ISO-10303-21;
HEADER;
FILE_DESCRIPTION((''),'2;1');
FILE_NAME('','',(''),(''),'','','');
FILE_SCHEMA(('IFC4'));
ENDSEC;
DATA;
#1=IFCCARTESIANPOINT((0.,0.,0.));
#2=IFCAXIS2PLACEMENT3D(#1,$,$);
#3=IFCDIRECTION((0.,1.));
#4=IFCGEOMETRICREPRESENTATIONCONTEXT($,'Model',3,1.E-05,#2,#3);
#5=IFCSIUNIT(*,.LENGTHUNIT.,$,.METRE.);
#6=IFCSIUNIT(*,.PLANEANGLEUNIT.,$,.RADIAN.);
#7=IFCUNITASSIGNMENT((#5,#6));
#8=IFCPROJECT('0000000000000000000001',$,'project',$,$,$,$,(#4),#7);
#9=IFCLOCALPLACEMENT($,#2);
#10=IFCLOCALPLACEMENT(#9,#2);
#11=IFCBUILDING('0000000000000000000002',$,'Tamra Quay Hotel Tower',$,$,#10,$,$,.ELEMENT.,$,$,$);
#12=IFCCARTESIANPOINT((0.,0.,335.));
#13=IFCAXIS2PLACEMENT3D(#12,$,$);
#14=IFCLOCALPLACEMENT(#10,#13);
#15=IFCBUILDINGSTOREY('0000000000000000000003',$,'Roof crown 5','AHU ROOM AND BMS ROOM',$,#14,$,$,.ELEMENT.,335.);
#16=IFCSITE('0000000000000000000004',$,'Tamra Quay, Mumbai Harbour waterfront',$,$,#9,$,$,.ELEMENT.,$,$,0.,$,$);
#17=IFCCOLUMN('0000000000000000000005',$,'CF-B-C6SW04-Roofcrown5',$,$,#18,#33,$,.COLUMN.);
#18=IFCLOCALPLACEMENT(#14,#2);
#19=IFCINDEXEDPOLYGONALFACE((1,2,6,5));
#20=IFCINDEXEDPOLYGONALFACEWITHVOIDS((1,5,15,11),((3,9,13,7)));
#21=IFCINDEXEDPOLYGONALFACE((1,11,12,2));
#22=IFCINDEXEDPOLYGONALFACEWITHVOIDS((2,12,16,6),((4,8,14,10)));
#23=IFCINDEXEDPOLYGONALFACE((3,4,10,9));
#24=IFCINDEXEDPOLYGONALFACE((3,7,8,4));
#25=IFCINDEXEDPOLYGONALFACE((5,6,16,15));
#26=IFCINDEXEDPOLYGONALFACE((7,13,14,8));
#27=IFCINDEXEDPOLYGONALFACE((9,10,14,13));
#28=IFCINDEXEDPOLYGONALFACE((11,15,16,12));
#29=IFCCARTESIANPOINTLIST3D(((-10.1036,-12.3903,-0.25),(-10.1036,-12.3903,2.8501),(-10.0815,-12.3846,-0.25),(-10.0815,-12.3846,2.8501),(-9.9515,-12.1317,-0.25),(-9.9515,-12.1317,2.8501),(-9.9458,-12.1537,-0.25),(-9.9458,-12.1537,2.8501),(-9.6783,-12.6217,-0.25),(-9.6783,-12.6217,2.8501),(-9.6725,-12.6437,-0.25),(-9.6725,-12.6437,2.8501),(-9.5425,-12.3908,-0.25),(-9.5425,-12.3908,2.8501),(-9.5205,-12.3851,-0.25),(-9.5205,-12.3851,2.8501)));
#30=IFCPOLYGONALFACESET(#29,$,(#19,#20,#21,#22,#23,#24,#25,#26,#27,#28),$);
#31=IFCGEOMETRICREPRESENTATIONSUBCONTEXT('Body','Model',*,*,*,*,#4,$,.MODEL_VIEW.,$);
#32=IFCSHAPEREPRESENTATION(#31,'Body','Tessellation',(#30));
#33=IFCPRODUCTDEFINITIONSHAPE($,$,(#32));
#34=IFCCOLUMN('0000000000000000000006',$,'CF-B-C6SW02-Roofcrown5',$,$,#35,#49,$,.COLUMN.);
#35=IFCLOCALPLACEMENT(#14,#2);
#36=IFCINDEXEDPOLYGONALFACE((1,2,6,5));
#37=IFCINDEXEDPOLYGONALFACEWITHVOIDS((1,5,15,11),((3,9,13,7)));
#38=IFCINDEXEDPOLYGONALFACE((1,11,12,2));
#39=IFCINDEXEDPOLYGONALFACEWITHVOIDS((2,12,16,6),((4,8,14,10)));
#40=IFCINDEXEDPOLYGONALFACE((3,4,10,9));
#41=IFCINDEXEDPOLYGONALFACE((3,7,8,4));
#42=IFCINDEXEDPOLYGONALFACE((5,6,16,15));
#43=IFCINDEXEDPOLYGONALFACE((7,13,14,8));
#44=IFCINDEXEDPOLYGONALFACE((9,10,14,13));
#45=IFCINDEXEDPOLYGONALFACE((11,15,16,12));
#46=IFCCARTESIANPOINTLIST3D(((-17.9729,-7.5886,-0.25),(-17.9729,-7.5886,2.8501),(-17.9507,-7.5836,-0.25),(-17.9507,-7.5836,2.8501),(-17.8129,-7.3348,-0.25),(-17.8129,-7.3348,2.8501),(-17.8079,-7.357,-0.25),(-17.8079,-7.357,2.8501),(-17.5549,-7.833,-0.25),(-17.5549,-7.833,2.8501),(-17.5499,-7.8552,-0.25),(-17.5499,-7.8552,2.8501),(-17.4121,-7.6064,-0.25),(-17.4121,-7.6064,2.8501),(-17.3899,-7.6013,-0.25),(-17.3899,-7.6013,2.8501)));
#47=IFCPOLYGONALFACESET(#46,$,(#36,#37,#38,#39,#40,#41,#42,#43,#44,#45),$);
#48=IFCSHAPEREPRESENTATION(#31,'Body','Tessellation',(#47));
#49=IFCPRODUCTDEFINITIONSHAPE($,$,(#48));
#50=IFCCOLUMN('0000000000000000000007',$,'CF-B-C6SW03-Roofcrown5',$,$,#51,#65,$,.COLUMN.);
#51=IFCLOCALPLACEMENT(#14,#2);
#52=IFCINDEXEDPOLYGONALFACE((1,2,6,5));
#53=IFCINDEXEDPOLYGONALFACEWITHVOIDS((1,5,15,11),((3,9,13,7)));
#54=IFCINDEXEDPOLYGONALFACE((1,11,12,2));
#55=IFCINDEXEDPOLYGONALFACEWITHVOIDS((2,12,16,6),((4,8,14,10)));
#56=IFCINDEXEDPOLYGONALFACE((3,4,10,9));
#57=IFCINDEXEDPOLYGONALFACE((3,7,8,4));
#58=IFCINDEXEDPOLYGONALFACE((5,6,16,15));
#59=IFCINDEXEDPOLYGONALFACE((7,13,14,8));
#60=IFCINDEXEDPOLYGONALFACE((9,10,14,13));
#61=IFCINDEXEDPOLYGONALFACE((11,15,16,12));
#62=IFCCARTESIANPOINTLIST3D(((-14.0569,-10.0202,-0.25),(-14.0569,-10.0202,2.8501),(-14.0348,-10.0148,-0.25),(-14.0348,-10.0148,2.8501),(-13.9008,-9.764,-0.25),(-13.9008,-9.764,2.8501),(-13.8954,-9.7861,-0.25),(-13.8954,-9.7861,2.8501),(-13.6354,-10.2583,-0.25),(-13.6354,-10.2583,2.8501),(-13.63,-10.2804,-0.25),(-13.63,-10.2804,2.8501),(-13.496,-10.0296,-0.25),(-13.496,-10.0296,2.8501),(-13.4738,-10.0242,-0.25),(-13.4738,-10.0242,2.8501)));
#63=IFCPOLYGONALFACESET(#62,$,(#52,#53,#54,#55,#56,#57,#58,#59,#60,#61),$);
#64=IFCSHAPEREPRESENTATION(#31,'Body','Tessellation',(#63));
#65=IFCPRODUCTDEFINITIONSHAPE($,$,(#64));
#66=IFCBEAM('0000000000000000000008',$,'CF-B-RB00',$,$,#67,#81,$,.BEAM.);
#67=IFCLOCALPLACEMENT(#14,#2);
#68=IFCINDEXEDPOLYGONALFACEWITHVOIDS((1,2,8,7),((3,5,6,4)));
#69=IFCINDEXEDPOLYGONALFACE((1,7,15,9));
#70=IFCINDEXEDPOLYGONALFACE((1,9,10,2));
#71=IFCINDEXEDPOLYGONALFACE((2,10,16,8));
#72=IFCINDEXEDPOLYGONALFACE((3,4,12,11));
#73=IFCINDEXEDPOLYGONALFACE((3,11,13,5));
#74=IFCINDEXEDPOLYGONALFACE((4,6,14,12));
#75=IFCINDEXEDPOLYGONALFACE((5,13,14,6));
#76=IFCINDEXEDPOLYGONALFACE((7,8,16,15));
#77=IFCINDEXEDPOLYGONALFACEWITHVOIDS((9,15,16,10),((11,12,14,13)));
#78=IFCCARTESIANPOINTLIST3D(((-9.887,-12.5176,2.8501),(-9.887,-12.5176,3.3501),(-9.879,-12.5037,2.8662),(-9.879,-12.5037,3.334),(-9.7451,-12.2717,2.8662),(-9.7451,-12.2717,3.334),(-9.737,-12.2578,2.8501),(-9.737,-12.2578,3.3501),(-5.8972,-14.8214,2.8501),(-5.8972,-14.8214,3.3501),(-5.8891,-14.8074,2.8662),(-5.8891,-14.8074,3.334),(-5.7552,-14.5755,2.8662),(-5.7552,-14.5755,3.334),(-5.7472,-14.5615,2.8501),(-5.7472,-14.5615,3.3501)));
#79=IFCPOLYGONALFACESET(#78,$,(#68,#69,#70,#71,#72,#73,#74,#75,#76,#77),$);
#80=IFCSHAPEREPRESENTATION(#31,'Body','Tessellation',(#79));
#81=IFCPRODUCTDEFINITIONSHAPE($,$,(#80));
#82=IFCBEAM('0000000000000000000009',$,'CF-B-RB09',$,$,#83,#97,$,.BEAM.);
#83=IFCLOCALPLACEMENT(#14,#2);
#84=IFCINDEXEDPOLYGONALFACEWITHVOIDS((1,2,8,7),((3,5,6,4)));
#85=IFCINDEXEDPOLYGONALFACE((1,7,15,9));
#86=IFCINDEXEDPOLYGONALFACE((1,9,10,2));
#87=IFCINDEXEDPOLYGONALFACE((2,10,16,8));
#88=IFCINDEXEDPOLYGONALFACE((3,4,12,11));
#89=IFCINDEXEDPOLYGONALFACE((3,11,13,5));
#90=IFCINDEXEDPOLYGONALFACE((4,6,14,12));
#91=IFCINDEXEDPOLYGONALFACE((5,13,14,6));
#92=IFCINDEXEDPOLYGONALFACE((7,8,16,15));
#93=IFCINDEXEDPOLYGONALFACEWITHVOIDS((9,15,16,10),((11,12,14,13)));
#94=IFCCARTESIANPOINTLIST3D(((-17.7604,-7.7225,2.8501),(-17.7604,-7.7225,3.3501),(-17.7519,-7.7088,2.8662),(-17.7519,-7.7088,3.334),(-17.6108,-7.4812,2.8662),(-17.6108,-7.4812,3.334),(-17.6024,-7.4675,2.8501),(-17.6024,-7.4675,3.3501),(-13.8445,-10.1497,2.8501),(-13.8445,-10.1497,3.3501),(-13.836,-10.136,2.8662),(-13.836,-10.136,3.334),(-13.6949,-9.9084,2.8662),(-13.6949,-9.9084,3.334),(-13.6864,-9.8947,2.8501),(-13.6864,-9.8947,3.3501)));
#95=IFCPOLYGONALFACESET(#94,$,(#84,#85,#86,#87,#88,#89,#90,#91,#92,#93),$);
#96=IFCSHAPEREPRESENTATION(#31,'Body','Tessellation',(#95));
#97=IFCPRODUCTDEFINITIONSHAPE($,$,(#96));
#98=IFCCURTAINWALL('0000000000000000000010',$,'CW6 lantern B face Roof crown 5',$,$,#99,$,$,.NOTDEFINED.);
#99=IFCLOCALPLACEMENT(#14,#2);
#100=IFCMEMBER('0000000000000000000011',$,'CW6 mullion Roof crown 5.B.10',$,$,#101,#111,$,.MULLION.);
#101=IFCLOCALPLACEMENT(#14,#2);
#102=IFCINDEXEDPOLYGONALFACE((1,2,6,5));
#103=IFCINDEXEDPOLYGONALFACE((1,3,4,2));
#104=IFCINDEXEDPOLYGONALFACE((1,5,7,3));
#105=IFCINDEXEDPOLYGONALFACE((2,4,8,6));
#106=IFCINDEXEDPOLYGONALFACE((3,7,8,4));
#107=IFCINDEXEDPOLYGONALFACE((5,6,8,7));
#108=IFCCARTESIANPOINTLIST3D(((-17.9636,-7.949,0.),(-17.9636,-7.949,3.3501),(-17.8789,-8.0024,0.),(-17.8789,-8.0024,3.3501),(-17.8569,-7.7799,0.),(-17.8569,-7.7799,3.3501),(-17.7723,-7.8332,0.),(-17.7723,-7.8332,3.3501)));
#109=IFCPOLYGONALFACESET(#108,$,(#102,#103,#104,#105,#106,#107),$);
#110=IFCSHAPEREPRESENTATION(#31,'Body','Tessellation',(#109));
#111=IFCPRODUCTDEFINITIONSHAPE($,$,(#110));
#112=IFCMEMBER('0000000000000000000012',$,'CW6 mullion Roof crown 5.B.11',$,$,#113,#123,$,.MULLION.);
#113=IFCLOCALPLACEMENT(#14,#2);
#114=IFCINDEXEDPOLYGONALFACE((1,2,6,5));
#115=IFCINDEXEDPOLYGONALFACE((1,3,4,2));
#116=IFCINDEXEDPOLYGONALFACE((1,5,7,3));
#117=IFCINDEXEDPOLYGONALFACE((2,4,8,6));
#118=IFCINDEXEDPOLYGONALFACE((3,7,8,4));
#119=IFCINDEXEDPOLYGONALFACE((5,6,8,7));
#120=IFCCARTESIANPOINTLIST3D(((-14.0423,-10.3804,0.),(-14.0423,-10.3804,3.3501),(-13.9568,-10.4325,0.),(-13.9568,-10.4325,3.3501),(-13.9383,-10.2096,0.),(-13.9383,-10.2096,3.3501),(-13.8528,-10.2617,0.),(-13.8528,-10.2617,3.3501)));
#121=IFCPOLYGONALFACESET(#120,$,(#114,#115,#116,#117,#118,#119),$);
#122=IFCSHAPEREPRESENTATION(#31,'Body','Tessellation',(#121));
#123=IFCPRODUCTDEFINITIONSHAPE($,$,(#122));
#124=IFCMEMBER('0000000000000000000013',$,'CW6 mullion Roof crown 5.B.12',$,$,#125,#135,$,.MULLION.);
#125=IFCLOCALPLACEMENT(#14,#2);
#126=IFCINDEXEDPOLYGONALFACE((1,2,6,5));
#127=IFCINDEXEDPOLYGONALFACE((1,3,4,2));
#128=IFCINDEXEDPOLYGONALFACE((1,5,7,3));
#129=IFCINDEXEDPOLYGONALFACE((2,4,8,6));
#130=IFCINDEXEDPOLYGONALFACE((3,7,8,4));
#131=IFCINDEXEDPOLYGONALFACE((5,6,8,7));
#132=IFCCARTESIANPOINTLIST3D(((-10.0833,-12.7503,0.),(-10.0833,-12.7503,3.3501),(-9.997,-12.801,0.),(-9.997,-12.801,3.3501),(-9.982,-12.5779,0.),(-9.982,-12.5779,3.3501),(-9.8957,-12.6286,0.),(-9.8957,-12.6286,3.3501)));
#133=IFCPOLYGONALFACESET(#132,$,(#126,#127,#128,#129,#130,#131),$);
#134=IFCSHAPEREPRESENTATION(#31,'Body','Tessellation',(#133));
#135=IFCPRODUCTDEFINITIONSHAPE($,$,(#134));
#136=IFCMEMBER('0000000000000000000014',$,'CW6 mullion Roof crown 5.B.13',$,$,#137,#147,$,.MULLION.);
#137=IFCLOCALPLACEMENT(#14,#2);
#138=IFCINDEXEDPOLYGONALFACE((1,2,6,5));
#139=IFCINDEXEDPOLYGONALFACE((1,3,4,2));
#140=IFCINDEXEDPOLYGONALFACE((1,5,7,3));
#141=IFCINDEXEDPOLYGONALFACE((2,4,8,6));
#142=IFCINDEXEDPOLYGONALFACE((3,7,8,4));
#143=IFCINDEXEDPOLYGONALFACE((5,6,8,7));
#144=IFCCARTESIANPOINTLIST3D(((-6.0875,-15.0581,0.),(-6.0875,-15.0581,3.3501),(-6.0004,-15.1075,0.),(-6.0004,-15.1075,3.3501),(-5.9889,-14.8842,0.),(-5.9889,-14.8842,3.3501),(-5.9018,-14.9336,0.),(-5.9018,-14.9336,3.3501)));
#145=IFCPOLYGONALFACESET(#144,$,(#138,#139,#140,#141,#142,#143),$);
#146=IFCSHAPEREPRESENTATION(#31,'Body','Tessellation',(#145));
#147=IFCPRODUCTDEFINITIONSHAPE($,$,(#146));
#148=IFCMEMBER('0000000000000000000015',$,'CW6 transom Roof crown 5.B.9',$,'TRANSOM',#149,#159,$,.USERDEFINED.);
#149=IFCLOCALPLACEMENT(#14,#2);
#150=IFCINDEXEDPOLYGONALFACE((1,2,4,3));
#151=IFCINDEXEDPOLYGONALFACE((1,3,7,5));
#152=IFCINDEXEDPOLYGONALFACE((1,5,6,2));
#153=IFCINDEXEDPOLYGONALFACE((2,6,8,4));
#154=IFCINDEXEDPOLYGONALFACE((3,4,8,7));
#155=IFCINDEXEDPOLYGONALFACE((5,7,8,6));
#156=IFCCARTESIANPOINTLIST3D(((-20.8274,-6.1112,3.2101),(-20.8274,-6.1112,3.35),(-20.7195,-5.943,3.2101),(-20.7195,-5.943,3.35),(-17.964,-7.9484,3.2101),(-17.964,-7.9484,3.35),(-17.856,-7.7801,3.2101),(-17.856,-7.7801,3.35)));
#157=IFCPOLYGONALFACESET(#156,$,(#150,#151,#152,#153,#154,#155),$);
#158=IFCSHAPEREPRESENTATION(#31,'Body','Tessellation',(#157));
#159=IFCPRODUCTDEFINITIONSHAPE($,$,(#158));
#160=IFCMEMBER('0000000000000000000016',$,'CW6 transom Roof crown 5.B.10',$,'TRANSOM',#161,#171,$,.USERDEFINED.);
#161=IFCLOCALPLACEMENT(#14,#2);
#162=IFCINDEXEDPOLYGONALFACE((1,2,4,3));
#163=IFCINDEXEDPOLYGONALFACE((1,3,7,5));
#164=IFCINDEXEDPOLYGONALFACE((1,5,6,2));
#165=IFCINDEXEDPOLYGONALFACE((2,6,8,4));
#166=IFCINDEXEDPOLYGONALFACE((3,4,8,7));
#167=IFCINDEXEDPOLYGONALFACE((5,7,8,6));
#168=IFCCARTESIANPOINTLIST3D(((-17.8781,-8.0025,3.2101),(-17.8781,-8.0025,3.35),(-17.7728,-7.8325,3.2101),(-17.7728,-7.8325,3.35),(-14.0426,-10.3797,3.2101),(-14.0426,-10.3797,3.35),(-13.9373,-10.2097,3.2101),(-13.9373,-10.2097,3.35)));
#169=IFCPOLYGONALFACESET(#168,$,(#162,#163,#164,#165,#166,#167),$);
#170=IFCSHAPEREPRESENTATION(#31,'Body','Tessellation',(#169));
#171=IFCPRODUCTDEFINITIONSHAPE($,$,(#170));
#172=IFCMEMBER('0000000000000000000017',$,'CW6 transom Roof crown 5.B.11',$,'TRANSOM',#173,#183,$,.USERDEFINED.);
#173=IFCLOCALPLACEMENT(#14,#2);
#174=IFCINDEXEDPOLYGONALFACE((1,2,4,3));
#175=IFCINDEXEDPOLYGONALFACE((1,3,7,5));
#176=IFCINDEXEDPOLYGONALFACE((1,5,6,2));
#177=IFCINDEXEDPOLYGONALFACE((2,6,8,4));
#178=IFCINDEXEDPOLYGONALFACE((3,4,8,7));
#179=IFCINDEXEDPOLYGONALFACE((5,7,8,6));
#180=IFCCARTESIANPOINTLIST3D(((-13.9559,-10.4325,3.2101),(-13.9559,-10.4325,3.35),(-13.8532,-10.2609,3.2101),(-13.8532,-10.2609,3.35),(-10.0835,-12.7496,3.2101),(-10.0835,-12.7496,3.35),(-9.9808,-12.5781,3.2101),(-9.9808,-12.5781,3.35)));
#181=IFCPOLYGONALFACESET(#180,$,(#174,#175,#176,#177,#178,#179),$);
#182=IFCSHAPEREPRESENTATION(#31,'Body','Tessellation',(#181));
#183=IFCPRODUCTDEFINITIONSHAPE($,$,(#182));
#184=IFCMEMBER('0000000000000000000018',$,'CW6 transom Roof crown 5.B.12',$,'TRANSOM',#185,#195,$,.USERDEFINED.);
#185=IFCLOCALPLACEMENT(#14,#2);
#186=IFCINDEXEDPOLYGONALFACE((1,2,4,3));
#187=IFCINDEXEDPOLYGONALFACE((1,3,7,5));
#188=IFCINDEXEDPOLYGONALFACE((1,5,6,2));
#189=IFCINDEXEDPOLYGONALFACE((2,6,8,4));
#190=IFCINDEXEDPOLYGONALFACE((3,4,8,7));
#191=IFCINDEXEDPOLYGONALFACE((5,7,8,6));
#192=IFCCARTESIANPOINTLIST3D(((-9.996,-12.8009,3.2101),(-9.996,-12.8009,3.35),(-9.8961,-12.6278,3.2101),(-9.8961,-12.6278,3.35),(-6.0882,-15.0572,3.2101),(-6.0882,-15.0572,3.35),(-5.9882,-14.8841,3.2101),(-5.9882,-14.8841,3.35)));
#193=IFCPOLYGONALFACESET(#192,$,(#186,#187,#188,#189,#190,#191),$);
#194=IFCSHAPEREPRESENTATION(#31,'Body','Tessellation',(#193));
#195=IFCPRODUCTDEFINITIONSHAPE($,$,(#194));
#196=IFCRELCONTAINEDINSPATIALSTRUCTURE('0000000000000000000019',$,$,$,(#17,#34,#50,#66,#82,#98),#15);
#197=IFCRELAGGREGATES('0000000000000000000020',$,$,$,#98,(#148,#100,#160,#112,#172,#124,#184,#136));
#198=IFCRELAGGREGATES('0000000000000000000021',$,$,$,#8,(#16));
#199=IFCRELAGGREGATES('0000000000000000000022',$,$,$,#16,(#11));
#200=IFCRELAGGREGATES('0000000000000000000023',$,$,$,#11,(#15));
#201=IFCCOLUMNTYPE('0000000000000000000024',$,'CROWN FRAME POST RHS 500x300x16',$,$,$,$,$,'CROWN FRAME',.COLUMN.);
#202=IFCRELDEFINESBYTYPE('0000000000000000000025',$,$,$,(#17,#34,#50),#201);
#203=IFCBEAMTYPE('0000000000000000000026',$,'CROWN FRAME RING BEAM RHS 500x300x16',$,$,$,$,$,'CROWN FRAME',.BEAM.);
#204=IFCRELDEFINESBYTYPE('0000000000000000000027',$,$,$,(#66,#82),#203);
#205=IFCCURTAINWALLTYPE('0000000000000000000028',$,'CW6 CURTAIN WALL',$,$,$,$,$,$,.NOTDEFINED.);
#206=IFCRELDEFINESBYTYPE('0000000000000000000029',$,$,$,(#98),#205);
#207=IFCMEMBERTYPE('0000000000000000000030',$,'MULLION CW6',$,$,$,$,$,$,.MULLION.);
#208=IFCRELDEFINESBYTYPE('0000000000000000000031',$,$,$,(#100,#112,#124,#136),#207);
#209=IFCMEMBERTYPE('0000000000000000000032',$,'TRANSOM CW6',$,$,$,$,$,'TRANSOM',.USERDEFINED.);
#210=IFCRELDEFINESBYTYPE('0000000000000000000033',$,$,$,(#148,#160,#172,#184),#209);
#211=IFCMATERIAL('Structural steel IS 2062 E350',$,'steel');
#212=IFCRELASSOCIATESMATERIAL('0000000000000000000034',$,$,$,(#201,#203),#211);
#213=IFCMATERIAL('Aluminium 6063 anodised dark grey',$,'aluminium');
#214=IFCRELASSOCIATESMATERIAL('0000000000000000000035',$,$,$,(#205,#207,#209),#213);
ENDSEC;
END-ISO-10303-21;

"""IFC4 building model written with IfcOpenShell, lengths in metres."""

from ifc_helpers import new_model, si_unit, direction, frame, origin, origin_2d, place, context, subcontext, project, spatial, rectangle, hollow_rectangle, extrude, material, material_profile, profile_set, type_object, element, aggregate, save


model = new_model("IFC4")

# Units and contexts
model_context = context("Model", 3, precision=1e-05, world=origin(), true_north=direction((0.0, 1.0)))
body_context = subcontext(model_context, "Body", "Model", "MODEL_VIEW")
ifc_project = project(units=[si_unit("LENGTHUNIT", "METRE"), si_unit("PLANEANGLEUNIT", "RADIAN")], contexts=[model_context])

# Site, building, storey
site_placement = place(None, origin())
site = spatial("IfcSite", under=ifc_project, at=site_placement, Name="Tamra Quay, Mumbai Harbour waterfront", CompositionType="ELEMENT", RefElevation=0.0)
building_placement = place(site_placement, origin())
building = spatial("IfcBuilding", under=site, at=building_placement, Name="Tamra Quay Hotel Tower", CompositionType="ELEMENT")
storey_placement = place(building_placement, frame((0.0, 0.0, 335.0)))
storey = spatial("IfcBuildingStorey", under=building, at=storey_placement, Name="Roof crown 5", Description="AHU ROOM AND BMS ROOM", CompositionType="ELEMENT", Elevation=335.0)

# Columns
ifc_material_1 = material(Name="Structural steel IS 2062 E350", Category="steel")
ifc_material_profile_1 = material_profile(ifc_material_1, hollow_rectangle(XDim=0.3, YDim=0.5, WallThickness=0.0161, at=origin_2d()), Name="RHS 500x300x16")
ifc_profile_set_1 = profile_set([ifc_material_profile_1], Name="Structural steel IS 2062 E350")
column_type = type_object("IfcColumnType", Name="CROWN FRAME POST RHS 500x300x16", ElementType="CROWN FRAME", PredefinedType="COLUMN", material=ifc_profile_set_1)
for number, where, z_axis, x_axis, name in (
    (1, (-9.812, -12.3877, -0.25), (0.0, 0.0, 1.0), (0.506843, 0.862038, 0.0), "CF-B-C6SW04-Roofcrown5"),
    (2, (-17.6814, -7.595, -0.25), (0.0, 0.0, 1.0), (0.533133, 0.846031, 0.0), "CF-B-C6SW02-Roofcrown5"),
    (3, (-13.7654, -10.0222, -0.25), (0.0, 0.0, 1.0), (0.52043, 0.853904, 0.0), "CF-B-C6SW03-Roofcrown5"),
):
    element("IfcColumn", number, at=place(storey_placement, frame(where, z_axis=z_axis, x_axis=x_axis)), inside=storey, type_object=column_type, Name=name, PredefinedType="COLUMN", context=body_context, shape_type="SweptSolid", body=[
        extrude(hollow_rectangle(XDim=0.3, YDim=0.5, WallThickness=0.0161, at=origin_2d()), origin(), (0.0, 0.0, 1.0), 3.1001),
    ])

# Beams
ifc_material_profile_2 = material_profile(ifc_material_1, hollow_rectangle(XDim=0.3, YDim=0.5, WallThickness=0.0161, at=origin_2d()), Name="RHS 500x300x16")
ifc_profile_set_2 = profile_set([ifc_material_profile_2], Name="Structural steel IS 2062 E350")
beam_type = type_object("IfcBeamType", Name="CROWN FRAME RING BEAM RHS 500x300x16", ElementType="CROWN FRAME", PredefinedType="BEAM", material=ifc_profile_set_2)
for number, where, z_axis, x_axis, name in (
    (4, (-9.812, -12.3877, 3.1001), (0.866004, -0.500037, 0.0), (0.500037, 0.866004, 0.0), "CF-B-RB00"),
    (5, (-17.6814, -7.595, 3.1001), (0.849969, -0.526832, 0.0), (0.526832, 0.849969, 0.0), "CF-B-RB09"),
):
    element("IfcBeam", number, at=place(storey_placement, frame(where, z_axis=z_axis, x_axis=x_axis)), inside=storey, type_object=beam_type, Name=name, PredefinedType="BEAM", context=body_context, shape_type="SweptSolid", body=[
        extrude(hollow_rectangle(XDim=0.3, YDim=0.5, WallThickness=0.0161, at=origin_2d()), origin(), (0.0, 0.0, 1.0), 4.6072),
    ])

# Curtain wall, members
ifc_material_2 = material(Name="Aluminium 6063 anodised dark grey", Category="aluminium")
curtain_wall_type = type_object("IfcCurtainWallType", Name="CW6 CURTAIN WALL", PredefinedType="NOTDEFINED", material=ifc_material_2)
curtain_wall_placement = place(storey_placement, origin())
curtain_wall = element("IfcCurtainWall", 6, at=curtain_wall_placement, inside=storey, type_object=curtain_wall_type, Name="CW6 lantern B face Roof crown 5", PredefinedType="NOTDEFINED")
ifc_material_profile_3 = material_profile(ifc_material_2, rectangle(XDim=0.2, YDim=0.1001, at=origin_2d()), Name="MULLION 100X200")
ifc_profile_set_3 = profile_set([ifc_material_profile_3], Name="Aluminium 6063 anodised dark grey")
member_type_1 = type_object("IfcMemberType", Name="MULLION CW6", PredefinedType="MULLION", material=ifc_profile_set_3)
member_1_placement = place(storey_placement, frame((-17.8679, -7.8911, 0.0), z_axis=(0.0, 0.0, 1.0), x_axis=(-0.533422, -0.845849, 0.0)))
member_1 = element("IfcMember", 7, at=member_1_placement, type_object=member_type_1, Name="CW6 mullion Roof crown 5.B.10", PredefinedType="MULLION", context=body_context, shape_type="SweptSolid", body=[
    extrude(rectangle(XDim=0.2, YDim=0.1001, at=origin_2d()), origin(), (0.0, 0.0, 1.0), 3.3501),
])
member_2_placement = place(storey_placement, frame((-13.9475, -10.321, 0.0), z_axis=(0.0, 0.0, 1.0), x_axis=(-0.52016, -0.854069, 0.0)))
member_2 = element("IfcMember", 8, at=member_2_placement, type_object=member_type_1, Name="CW6 mullion Roof crown 5.B.11", PredefinedType="MULLION", context=body_context, shape_type="SweptSolid", body=[
    extrude(rectangle(XDim=0.2, YDim=0.1001, at=origin_2d()), origin(), (0.0, 0.0, 1.0), 3.3501),
])
member_3_placement = place(storey_placement, frame((-9.9895, -12.6895, 0.0), z_axis=(0.0, 0.0, 1.0), x_axis=(-0.506754, -0.862091, 0.0)))
member_3 = element("IfcMember", 9, at=member_3_placement, type_object=member_type_1, Name="CW6 mullion Roof crown 5.B.12", PredefinedType="MULLION", context=body_context, shape_type="SweptSolid", body=[
    extrude(rectangle(XDim=0.2, YDim=0.1001, at=origin_2d()), origin(), (0.0, 0.0, 1.0), 3.3501),
])
member_4_placement = place(storey_placement, frame((-5.9946, -14.9958, 0.0), z_axis=(0.0, 0.0, 1.0), x_axis=(-0.493216, -0.869907, 0.0)))
member_4 = element("IfcMember", 10, at=member_4_placement, type_object=member_type_1, Name="CW6 mullion Roof crown 5.B.13", PredefinedType="MULLION", context=body_context, shape_type="SweptSolid", body=[
    extrude(rectangle(XDim=0.2, YDim=0.1001, at=origin_2d()), origin(), (0.0, 0.0, 1.0), 3.3501),
])
ifc_material_profile_4 = material_profile(ifc_material_2, rectangle(XDim=0.2, YDim=0.1399, at=origin_2d()), Name="TRANSOM 200X140")
ifc_profile_set_4 = profile_set([ifc_material_profile_4], Name="Aluminium 6063 anodised dark grey")
member_type_2 = type_object("IfcMemberType", Name="TRANSOM CW6", ElementType="TRANSOM", PredefinedType="USERDEFINED", material=ifc_profile_set_4)
member_5_placement = place(storey_placement, frame((-20.7734, -6.0271, 3.28), z_axis=(0.84167, -0.539992, 0.0), x_axis=(0.539992, 0.84167, 0.0)))
member_5 = element("IfcMember", 11, at=member_5_placement, type_object=member_type_2, Name="CW6 transom Roof crown 5.B.9", ObjectType="TRANSOM", PredefinedType="USERDEFINED", context=body_context, shape_type="SweptSolid", body=[
    extrude(rectangle(XDim=0.2, YDim=0.1399, at=origin_2d()), origin(), (0.0, 0.0, 1.0), 3.4021),
])
member_6_placement = place(storey_placement, frame((-17.8254, -7.9175, 3.28), z_axis=(0.84998, -0.526815, 0.0), x_axis=(0.526815, 0.84998, 0.0)))
member_6 = element("IfcMember", 12, at=member_6_placement, type_object=member_type_2, Name="CW6 transom Roof crown 5.B.10", ObjectType="TRANSOM", PredefinedType="USERDEFINED", context=body_context, shape_type="SweptSolid", body=[
    extrude(rectangle(XDim=0.2, YDim=0.1399, at=origin_2d()), origin(), (0.0, 0.0, 1.0), 4.5125),
])
member_7_placement = place(storey_placement, frame((-13.9045, -10.3467, 3.28), z_axis=(0.858103, -0.513477, 0.0), x_axis=(0.513477, 0.858103, 0.0)))
member_7 = element("IfcMember", 13, at=member_7_placement, type_object=member_type_2, Name="CW6 transom Roof crown 5.B.11", ObjectType="TRANSOM", PredefinedType="USERDEFINED", context=body_context, shape_type="SweptSolid", body=[
    extrude(rectangle(XDim=0.2, YDim=0.1399, at=origin_2d()), origin(), (0.0, 0.0, 1.0), 4.5127),
])
member_8_placement = place(storey_placement, frame((-9.946, -12.7144, 3.28), z_axis=(0.866017, -0.500014, 0.0), x_axis=(0.500014, 0.866017, 0.0)))
member_8 = element("IfcMember", 14, at=member_8_placement, type_object=member_type_2, Name="CW6 transom Roof crown 5.B.12", ObjectType="TRANSOM", PredefinedType="USERDEFINED", context=body_context, shape_type="SweptSolid", body=[
    extrude(rectangle(XDim=0.2, YDim=0.1399, at=origin_2d()), origin(), (0.0, 0.0, 1.0), 4.5125),
])

aggregate(curtain_wall, [member_5, member_1, member_6, member_2, member_7, member_3, member_8, member_4])

save(model, "model.ifc")
